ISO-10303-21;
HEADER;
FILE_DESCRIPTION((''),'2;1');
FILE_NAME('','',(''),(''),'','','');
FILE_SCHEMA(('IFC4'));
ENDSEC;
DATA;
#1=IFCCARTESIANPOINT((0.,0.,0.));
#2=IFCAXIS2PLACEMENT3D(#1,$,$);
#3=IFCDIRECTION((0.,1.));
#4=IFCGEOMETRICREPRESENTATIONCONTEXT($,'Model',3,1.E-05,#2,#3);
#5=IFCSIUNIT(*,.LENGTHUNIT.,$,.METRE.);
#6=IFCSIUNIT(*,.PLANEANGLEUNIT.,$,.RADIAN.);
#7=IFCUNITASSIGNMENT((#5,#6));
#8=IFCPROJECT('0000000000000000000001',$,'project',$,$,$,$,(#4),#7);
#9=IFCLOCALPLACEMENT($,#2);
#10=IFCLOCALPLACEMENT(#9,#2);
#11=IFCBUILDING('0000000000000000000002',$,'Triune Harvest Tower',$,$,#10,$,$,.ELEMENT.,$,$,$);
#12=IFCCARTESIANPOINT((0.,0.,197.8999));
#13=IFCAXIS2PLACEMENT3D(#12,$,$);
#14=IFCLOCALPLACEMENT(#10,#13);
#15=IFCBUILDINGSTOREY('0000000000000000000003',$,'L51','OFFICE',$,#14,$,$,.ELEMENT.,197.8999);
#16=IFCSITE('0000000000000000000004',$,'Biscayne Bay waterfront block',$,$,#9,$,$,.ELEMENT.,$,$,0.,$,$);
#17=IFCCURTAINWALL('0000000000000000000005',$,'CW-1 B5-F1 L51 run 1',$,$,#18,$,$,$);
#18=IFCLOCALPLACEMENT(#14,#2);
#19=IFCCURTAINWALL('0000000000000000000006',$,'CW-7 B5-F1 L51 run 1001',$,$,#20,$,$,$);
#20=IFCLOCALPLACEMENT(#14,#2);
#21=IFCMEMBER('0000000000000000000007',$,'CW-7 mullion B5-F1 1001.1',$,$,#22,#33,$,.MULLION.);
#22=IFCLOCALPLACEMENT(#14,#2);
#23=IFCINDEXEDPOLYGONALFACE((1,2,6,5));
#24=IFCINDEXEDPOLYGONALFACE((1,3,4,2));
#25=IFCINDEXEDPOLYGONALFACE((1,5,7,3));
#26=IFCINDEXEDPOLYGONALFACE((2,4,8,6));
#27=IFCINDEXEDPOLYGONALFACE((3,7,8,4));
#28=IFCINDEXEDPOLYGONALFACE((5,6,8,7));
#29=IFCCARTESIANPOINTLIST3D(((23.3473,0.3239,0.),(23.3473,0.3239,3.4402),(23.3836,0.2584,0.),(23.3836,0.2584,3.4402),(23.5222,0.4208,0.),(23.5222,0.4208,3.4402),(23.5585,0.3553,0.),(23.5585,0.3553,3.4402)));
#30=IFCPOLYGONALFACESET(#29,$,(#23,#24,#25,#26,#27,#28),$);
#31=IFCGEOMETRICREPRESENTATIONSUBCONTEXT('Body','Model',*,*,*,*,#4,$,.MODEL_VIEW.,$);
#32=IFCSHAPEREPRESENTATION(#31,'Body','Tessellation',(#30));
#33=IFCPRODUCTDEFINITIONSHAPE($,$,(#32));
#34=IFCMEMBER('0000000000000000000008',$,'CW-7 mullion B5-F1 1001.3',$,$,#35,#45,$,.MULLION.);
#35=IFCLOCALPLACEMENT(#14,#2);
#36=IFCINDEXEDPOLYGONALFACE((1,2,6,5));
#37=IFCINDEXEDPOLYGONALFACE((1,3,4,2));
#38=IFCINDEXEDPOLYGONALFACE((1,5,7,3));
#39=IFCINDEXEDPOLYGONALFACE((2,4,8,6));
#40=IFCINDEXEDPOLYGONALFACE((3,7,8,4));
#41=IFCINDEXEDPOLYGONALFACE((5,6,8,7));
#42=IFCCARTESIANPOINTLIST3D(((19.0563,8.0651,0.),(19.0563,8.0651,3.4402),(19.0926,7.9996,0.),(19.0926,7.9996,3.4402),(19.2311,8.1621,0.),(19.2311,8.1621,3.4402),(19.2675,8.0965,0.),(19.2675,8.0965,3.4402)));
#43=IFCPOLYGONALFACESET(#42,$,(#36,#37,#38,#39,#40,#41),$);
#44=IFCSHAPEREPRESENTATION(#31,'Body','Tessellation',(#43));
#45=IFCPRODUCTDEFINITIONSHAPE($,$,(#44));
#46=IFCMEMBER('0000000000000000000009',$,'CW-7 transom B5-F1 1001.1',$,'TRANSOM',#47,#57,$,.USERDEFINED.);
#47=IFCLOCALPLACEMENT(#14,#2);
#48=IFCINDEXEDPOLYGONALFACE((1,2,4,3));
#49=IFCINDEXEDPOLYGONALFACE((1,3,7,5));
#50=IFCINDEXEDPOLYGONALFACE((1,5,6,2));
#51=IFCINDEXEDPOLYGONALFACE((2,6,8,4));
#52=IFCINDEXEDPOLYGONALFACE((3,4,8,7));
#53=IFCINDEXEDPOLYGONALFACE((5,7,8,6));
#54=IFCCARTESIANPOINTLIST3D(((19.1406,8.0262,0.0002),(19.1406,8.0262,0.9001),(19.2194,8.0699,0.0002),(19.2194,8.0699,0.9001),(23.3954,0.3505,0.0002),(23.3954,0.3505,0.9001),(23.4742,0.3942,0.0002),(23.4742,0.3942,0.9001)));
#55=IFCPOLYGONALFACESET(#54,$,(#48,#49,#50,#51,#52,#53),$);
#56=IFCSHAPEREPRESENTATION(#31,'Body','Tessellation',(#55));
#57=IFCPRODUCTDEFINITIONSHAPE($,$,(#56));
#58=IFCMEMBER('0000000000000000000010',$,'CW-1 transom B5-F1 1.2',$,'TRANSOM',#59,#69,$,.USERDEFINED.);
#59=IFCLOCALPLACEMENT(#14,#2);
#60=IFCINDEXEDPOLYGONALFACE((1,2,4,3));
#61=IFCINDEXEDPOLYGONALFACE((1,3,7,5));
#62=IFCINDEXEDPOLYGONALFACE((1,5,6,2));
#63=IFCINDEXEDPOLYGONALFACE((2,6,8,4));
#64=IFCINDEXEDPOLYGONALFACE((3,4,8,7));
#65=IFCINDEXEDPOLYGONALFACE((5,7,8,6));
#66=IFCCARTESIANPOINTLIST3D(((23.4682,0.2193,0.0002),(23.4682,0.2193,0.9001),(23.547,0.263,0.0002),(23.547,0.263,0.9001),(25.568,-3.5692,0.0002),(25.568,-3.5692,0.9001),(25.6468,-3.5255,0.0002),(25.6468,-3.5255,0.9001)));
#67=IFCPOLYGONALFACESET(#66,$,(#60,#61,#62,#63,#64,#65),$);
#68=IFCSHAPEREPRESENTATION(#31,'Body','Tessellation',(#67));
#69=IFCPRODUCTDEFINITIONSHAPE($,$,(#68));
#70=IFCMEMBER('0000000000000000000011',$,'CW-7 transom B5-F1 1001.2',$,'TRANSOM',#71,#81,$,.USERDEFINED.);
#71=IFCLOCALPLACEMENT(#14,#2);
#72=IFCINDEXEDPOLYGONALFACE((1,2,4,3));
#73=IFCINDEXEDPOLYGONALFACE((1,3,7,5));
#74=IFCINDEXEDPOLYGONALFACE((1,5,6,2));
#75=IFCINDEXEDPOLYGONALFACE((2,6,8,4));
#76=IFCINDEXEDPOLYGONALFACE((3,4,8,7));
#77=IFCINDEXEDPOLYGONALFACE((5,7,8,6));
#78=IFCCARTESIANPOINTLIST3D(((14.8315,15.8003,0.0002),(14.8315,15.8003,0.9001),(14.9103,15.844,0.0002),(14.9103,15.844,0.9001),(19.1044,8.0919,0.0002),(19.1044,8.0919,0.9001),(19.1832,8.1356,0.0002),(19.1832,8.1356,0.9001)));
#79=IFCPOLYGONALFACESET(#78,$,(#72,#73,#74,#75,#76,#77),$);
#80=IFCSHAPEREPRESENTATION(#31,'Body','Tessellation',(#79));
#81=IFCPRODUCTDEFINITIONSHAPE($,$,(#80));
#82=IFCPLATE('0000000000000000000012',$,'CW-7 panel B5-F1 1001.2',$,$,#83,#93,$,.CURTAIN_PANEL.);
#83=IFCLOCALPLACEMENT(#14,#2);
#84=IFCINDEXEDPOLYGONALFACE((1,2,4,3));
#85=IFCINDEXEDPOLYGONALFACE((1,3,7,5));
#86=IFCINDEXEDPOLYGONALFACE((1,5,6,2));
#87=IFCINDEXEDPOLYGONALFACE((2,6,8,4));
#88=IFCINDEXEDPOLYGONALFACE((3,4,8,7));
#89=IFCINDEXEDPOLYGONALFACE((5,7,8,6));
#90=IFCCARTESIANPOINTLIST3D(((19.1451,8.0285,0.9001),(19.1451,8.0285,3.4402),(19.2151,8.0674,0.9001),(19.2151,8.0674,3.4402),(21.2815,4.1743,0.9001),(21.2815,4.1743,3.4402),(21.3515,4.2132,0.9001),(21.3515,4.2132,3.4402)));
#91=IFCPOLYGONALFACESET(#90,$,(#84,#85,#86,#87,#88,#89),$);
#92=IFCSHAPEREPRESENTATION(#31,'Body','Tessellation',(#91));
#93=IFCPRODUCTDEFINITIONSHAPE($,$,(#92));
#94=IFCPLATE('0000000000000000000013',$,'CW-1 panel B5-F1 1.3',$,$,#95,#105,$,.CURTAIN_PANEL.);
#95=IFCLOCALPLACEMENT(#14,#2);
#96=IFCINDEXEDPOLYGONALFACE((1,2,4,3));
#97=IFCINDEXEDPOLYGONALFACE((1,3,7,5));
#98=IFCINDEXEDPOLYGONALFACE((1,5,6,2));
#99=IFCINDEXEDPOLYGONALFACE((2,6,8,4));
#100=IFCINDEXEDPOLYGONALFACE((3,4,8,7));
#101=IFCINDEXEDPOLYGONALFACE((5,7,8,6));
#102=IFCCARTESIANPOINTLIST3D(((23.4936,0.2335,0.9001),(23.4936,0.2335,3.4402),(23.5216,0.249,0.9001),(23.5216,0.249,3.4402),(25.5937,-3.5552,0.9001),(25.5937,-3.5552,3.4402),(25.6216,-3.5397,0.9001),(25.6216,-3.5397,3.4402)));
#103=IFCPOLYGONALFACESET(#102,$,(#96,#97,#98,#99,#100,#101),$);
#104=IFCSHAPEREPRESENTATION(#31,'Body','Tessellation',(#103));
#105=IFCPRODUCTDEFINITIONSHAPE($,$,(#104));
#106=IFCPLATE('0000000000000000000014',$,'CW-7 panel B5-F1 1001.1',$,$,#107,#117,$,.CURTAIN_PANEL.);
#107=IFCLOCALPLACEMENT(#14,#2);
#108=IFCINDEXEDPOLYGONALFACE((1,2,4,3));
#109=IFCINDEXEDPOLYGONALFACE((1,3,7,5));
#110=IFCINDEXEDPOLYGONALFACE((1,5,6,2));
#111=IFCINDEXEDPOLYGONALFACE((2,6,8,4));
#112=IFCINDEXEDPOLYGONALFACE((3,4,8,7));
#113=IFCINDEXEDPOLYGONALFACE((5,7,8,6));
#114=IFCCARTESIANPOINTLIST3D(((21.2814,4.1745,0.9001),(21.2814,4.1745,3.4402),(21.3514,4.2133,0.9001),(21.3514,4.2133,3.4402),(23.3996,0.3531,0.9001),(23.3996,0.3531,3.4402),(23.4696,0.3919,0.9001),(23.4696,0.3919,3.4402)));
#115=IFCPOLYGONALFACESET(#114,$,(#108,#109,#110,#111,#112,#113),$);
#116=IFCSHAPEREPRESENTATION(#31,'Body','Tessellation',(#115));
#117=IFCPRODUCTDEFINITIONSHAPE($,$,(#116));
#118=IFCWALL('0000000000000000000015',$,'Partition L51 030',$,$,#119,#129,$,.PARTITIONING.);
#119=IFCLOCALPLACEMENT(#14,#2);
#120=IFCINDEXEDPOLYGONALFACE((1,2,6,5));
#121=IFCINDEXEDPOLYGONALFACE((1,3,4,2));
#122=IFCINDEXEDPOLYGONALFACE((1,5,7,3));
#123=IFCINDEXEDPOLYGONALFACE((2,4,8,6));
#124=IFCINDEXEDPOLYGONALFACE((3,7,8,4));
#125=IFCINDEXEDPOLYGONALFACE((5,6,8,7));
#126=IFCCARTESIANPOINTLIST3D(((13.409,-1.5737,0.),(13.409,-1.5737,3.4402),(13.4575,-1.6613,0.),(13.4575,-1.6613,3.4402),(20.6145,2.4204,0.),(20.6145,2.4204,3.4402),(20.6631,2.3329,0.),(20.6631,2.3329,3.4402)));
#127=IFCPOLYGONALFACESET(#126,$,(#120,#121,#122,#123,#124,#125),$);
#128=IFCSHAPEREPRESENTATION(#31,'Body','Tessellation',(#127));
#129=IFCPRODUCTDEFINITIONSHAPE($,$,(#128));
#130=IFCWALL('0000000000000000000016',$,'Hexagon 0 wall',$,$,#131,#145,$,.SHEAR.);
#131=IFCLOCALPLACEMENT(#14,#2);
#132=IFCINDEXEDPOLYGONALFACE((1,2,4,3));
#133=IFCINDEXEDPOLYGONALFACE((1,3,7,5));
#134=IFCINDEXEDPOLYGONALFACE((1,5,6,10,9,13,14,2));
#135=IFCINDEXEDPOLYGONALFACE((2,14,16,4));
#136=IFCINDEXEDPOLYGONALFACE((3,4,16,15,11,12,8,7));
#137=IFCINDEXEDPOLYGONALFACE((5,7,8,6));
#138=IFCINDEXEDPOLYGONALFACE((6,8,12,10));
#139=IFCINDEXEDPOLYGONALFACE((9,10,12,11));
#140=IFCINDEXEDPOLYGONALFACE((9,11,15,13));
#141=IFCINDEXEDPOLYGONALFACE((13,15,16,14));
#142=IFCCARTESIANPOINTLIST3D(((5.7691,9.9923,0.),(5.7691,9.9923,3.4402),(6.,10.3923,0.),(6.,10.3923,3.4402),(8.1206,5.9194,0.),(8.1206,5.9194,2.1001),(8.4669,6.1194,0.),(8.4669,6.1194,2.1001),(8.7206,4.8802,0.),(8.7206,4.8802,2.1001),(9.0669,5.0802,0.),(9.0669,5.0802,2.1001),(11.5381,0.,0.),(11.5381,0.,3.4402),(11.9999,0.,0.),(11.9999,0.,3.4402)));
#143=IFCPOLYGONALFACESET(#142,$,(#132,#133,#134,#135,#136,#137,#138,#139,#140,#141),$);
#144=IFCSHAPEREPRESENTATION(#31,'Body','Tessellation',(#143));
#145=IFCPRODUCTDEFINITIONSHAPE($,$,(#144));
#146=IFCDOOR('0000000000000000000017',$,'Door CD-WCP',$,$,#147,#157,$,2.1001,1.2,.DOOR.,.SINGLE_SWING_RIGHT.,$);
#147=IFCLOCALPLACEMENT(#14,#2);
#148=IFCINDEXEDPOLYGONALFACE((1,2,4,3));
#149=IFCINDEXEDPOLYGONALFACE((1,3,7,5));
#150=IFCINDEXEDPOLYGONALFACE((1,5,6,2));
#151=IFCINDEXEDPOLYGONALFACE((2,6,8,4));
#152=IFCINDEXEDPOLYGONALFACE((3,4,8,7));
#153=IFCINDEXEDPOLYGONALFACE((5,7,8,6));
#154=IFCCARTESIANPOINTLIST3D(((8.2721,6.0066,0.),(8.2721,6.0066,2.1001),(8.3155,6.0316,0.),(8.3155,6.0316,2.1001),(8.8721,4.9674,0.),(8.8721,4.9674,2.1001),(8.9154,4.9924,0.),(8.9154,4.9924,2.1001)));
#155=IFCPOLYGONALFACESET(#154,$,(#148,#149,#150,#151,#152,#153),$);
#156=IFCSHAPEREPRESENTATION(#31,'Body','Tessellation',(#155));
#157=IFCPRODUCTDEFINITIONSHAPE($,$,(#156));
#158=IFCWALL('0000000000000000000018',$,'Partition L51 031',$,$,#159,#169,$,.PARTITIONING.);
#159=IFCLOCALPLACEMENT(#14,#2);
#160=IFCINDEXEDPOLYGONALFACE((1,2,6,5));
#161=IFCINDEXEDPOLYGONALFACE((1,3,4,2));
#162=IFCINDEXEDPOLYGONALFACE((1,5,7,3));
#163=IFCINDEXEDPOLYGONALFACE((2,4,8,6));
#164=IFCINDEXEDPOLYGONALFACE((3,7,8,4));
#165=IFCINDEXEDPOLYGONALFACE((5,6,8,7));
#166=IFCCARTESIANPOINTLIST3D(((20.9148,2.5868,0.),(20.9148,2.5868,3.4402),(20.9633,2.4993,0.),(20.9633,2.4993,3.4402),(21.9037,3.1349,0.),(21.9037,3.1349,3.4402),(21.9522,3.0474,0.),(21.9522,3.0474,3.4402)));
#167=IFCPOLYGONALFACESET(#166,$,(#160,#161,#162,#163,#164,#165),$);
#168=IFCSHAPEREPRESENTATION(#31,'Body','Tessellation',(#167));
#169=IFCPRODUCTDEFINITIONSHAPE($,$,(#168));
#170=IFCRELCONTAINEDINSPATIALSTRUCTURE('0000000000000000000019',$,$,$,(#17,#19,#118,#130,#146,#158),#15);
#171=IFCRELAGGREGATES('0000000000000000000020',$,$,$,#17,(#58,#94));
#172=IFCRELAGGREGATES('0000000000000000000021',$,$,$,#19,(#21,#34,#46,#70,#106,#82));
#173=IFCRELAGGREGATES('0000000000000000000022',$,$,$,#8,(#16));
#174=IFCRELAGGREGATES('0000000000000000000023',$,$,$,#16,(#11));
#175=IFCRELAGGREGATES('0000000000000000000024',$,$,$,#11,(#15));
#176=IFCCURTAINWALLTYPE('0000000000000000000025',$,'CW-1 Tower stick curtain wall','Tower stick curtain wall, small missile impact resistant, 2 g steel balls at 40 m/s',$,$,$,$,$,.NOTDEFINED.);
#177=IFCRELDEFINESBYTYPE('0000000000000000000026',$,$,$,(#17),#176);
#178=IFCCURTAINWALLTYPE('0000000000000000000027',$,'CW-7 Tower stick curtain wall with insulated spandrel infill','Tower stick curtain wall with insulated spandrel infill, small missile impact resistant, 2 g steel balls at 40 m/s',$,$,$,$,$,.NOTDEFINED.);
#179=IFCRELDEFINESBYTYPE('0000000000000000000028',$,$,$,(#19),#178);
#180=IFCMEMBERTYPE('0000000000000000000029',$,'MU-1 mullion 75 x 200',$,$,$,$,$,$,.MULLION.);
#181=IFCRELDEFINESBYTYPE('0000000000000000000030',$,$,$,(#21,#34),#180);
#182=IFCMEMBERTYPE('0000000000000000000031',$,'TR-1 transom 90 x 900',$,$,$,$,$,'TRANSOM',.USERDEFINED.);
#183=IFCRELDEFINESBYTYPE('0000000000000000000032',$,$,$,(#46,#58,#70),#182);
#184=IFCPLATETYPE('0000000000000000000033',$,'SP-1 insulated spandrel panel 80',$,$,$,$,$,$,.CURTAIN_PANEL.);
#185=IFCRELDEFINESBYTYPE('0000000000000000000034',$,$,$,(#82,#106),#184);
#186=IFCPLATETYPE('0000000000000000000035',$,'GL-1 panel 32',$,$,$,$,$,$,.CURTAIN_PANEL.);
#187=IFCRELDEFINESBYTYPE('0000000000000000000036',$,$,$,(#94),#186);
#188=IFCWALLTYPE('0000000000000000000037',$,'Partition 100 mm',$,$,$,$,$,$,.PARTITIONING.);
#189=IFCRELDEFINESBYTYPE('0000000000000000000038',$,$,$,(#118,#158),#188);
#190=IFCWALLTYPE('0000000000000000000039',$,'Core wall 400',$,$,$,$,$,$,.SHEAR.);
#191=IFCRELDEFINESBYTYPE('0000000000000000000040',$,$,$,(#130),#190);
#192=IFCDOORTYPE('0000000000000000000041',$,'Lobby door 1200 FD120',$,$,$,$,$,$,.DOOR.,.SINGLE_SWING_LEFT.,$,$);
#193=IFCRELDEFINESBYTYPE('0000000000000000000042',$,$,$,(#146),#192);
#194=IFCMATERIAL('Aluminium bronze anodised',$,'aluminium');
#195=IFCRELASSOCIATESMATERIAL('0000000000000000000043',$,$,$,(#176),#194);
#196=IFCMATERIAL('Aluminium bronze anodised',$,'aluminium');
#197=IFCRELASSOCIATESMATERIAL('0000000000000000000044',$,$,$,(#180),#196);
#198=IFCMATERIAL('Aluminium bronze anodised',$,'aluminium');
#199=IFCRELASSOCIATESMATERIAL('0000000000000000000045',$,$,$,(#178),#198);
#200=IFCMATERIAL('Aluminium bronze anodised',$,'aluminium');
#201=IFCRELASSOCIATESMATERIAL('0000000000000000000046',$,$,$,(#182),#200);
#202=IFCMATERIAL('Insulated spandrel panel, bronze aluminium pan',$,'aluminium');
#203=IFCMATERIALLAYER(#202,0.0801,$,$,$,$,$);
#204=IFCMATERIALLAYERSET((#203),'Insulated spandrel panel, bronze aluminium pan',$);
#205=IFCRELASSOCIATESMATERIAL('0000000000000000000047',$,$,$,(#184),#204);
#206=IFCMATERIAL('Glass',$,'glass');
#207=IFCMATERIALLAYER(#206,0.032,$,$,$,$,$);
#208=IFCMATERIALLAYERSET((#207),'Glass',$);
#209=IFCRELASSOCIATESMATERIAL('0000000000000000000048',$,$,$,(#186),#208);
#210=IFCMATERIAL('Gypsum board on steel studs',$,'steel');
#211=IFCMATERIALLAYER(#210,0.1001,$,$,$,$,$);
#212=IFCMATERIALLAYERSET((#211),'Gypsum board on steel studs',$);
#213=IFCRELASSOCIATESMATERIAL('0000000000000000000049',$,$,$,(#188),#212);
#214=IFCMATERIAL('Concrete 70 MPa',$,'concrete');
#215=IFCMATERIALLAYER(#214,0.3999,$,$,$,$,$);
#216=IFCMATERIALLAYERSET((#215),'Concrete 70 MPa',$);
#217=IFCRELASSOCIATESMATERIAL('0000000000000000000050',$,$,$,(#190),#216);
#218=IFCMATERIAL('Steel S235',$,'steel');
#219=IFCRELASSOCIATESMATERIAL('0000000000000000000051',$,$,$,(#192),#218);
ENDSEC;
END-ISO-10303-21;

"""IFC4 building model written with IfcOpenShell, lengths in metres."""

from ifc_helpers import new_model, si_unit, direction, frame, frame_2d, origin, origin_2d, place, context, subcontext, project, spatial, polyline, rectangle, outline, extrude, source, transform, mapped, material, layer, layer_set, material_profile, profile_set, type_object, element, fill, aggregate, save


model = new_model("IFC4")

# Units and contexts
model_context = context("Model", 3, precision=1e-05, world=origin(), true_north=direction((0.0, 1.0)))
body_context = subcontext(model_context, "Body", "Model", "MODEL_VIEW")
ifc_project = project(units=[si_unit("LENGTHUNIT", "METRE"), si_unit("PLANEANGLEUNIT", "RADIAN")], contexts=[model_context])

# Site, building, storey
site_placement = place(None, origin())
site = spatial("IfcSite", under=ifc_project, at=site_placement, Name="Biscayne Bay waterfront block", CompositionType="ELEMENT", RefElevation=0.0)
building_placement = place(site_placement, origin())
building = spatial("IfcBuilding", under=site, at=building_placement, Name="Triune Harvest Tower", CompositionType="ELEMENT")
storey_placement = place(building_placement, frame((0.0, 0.0, 197.8999)))
storey = spatial("IfcBuildingStorey", under=building, at=storey_placement, Name="L51", Description="OFFICE", CompositionType="ELEMENT", Elevation=197.8999)

# Curtain wall
ifc_material_1 = material(Name="Aluminium bronze anodised", Category="aluminium")
curtain_wall_type_1 = type_object("IfcCurtainWallType", Name="CW-1 Tower stick curtain wall", Description="Tower stick curtain wall, small missile impact resistant, 2 g steel balls at 40 m/s", PredefinedType="NOTDEFINED", material=ifc_material_1)
curtain_wall_1_placement = place(storey_placement, origin())
curtain_wall_1 = element("IfcCurtainWall", 1, at=curtain_wall_1_placement, inside=storey, type_object=curtain_wall_type_1, Name="CW-1 B5-F1 L51 run 1")
ifc_material_2 = material(Name="Aluminium bronze anodised", Category="aluminium")
ifc_material_profile_1 = material_profile(ifc_material_2, rectangle(XDim=0.2, YDim=0.075, at=origin_2d()), Name="MU-1 mullion 75 x 200")
ifc_profile_set_1 = profile_set([ifc_material_profile_1], Name="Aluminium bronze anodised")
member_type_1 = type_object("IfcMemberType", Name="MU-1 mullion 75 x 200", PredefinedType="MULLION", material=ifc_profile_set_1)
shared_shape_1 = source(origin(), body_context, "Body", "SweptSolid", [
    extrude(rectangle(XDim=0.2, YDim=0.075, at=origin_2d()), origin(), (0.0, 0.0, 1.0), 3.4402),
])

# Curtain wall, members
ifc_material_3 = material(Name="Aluminium bronze anodised", Category="aluminium")
curtain_wall_type_2 = type_object("IfcCurtainWallType", Name="CW-7 Tower stick curtain wall with insulated spandrel infill", Description="Tower stick curtain wall with insulated spandrel infill, small missile impact resistant, 2 g steel balls at 40 m/s", PredefinedType="NOTDEFINED", material=ifc_material_3)
curtain_wall_2_placement = place(storey_placement, origin())
curtain_wall_2 = element("IfcCurtainWall", 2, at=curtain_wall_2_placement, inside=storey, type_object=curtain_wall_type_2, Name="CW-7 B5-F1 L51 run 1001")
member_1_placement = place(storey_placement, frame((23.4529, 0.3396, 0.0), z_axis=(0.0, 0.0, 1.0), x_axis=(-0.87462, -0.484809, 0.0)))
member_1 = element("IfcMember", 3, at=member_1_placement, type_object=member_type_1, Name="CW-7 mullion B5-F1 1001.1", PredefinedType="MULLION", context=body_context, shape_type="MappedRepresentation", body=[
    mapped(shared_shape_1, transform((0.0, 0.0, 0.0), scale=1.0)),
])
member_2_placement = place(storey_placement, frame((19.1619, 8.0808, 0.0), z_axis=(0.0, 0.0, 1.0), x_axis=(-0.87462, -0.484809, 0.0)))
member_2 = element("IfcMember", 4, at=member_2_placement, type_object=member_type_1, Name="CW-7 mullion B5-F1 1001.3", PredefinedType="MULLION", context=body_context, shape_type="MappedRepresentation", body=[
    mapped(shared_shape_1, transform((0.0, 0.0, 0.0), scale=1.0)),
])
ifc_material_4 = material(Name="Aluminium bronze anodised", Category="aluminium")
ifc_material_profile_2 = material_profile(ifc_material_4, rectangle(XDim=0.0901, YDim=0.8999, at=origin_2d()), Name="TR-1 transom 90 x 900")
ifc_profile_set_2 = profile_set([ifc_material_profile_2], Name="Aluminium bronze anodised")
member_type_2 = type_object("IfcMemberType", Name="TR-1 transom 90 x 900", ElementType="TRANSOM", PredefinedType="USERDEFINED", material=ifc_profile_set_2)
shared_shape_2 = source(origin(), body_context, "Body", "SweptSolid", [
    extrude(rectangle(XDim=0.0901, YDim=0.8999, at=origin_2d()), origin(), (0.0, 0.0, 1.0), 8.7761),
])
member_3_placement = place(storey_placement, frame((23.4348, 0.3723, 0.4502), z_axis=(-0.484821, 0.874614, 0.0), x_axis=(-0.874614, -0.484821, 0.0)))
member_3 = element("IfcMember", 5, at=member_3_placement, type_object=member_type_2, Name="CW-7 transom B5-F1 1001.1", ObjectType="TRANSOM", PredefinedType="USERDEFINED", context=body_context, shape_type="MappedRepresentation", body=[
    mapped(shared_shape_2, transform((0.0, 0.0, 0.0), scale=1.0)),
])

# Members
shared_shape_3 = source(origin(), body_context, "Body", "SweptSolid", [
    extrude(rectangle(XDim=0.0901, YDim=0.8999, at=origin_2d()), origin(), (0.0, 0.0, 1.0), 4.3315),
])
member_4_placement = place(storey_placement, frame((25.6074, -3.5474, 0.4502), z_axis=(-0.484777, 0.874638, 0.0), x_axis=(-0.874638, -0.484777, 0.0)))
member_4 = element("IfcMember", 6, at=member_4_placement, type_object=member_type_2, Name="CW-1 transom B5-F1 1.2", ObjectType="TRANSOM", PredefinedType="USERDEFINED", context=body_context, shape_type="MappedRepresentation", body=[
    mapped(shared_shape_3, transform((0.0, 0.0, 0.0), scale=1.0)),
])
shared_shape_4 = source(origin(), body_context, "Body", "SweptSolid", [
    extrude(rectangle(XDim=0.0901, YDim=0.8999, at=origin_2d()), origin(), (0.0, 0.0, 1.0), 8.8135),
])
member_5_placement = place(storey_placement, frame((19.1438, 8.1138, 0.4502), z_axis=(-0.484815, 0.874617, 0.0), x_axis=(-0.874617, -0.484815, 0.0)))
member_5 = element("IfcMember", 7, at=member_5_placement, type_object=member_type_2, Name="CW-7 transom B5-F1 1001.2", ObjectType="TRANSOM", PredefinedType="USERDEFINED", context=body_context, shape_type="MappedRepresentation", body=[
    mapped(shared_shape_4, transform((0.0, 0.0, 0.0), scale=1.0)),
])

# Plates
ifc_material_5 = material(Name="Insulated spandrel panel, bronze aluminium pan", Category="aluminium")
ifc_layer_1 = layer(ifc_material_5, 0.0801)
ifc_layer_set_1 = layer_set([ifc_layer_1], Name="Insulated spandrel panel, bronze aluminium pan")
plate_type_1 = type_object("IfcPlateType", Name="SP-1 insulated spandrel panel 80", PredefinedType="CURTAIN_PANEL", material=ifc_layer_set_1)
shared_shape_5 = source(origin(), body_context, "Body", "SweptSolid", [
    extrude(rectangle(XDim=4.4067, YDim=0.0801, at=origin_2d()), origin(), (0.0, 0.0, 1.0), 2.54),
])
plate_1_placement = place(storey_placement, frame((20.2483, 6.1208, 0.9001), z_axis=(0.0, 0.0, 1.0), x_axis=(-0.484809, 0.87462, 0.0)))
plate_1 = element("IfcPlate", 8, at=plate_1_placement, type_object=plate_type_1, Name="CW-7 panel B5-F1 1001.2", PredefinedType="CURTAIN_PANEL", context=body_context, shape_type="MappedRepresentation", body=[
    mapped(shared_shape_5, transform((0.0, 0.0, 0.0), scale=1.0)),
])
ifc_material_6 = material(Name="Glass", Category="glass")
ifc_layer_2 = layer(ifc_material_6, 0.032)
ifc_layer_set_2 = layer_set([ifc_layer_2], Name="Glass")
plate_type_2 = type_object("IfcPlateType", Name="GL-1 panel 32", PredefinedType="CURTAIN_PANEL", material=ifc_layer_set_2)
shared_shape_6 = source(origin(), body_context, "Body", "SweptSolid", [
    extrude(rectangle(XDim=4.3318, YDim=0.032, at=origin_2d()), origin(), (0.0, 0.0, 1.0), 2.54),
])
plate_2_placement = place(storey_placement, frame((24.5576, -1.6531, 0.9001), z_axis=(0.0, 0.0, 1.0), x_axis=(-0.484808, 0.874621, 0.0)))
plate_2 = element("IfcPlate", 9, at=plate_2_placement, type_object=plate_type_2, Name="CW-1 panel B5-F1 1.3", PredefinedType="CURTAIN_PANEL", context=body_context, shape_type="MappedRepresentation", body=[
    mapped(shared_shape_6, transform((0.0, 0.0, 0.0), scale=1.0)),
])
aggregate(curtain_wall_1, [member_4, plate_2])
shared_shape_7 = source(origin(), body_context, "Body", "SweptSolid", [
    extrude(rectangle(XDim=4.3691, YDim=0.0801, at=origin_2d()), origin(), (0.0, 0.0, 1.0), 2.54),
])
plate_3_placement = place(storey_placement, frame((22.3755, 2.2832, 0.9001), z_axis=(0.0, 0.0, 1.0), x_axis=(-0.484809, 0.87462, 0.0)))
plate_3 = element("IfcPlate", 10, at=plate_3_placement, type_object=plate_type_1, Name="CW-7 panel B5-F1 1001.1", PredefinedType="CURTAIN_PANEL", context=body_context, shape_type="MappedRepresentation", body=[
    mapped(shared_shape_7, transform((0.0, 0.0, 0.0), scale=1.0)),
])
aggregate(curtain_wall_2, [member_1, member_2, member_3, member_5, plate_3, plate_1])

# Wall
ifc_material_7 = material(Name="Gypsum board on steel studs", Category="steel")
ifc_layer_3 = layer(ifc_material_7, 0.1001)
ifc_layer_set_3 = layer_set([ifc_layer_3], Name="Gypsum board on steel studs")
wall_type_1 = type_object("IfcWallType", Name="Partition 100 mm", PredefinedType="PARTITIONING", material=ifc_layer_set_3)
wall_1_placement = place(storey_placement, frame((13.4333, -1.6174, 0.0), z_axis=(0.0, 0.0, 1.0), x_axis=(0.874618, 0.484812, 0.0)))
element("IfcWall", 11, at=wall_1_placement, inside=storey, type_object=wall_type_1, Name="Partition L51 030", PredefinedType="PARTITIONING", context=body_context, shape_type="SweptSolid", body=[
    extrude(rectangle(XDim=8.2385, YDim=0.1001, at=frame_2d((4.1191, 0.0))), origin(), (0.0, 0.0, 1.0), 3.4402),
])

# Wall, opening, door
ifc_material_8 = material(Name="Concrete 70 MPa", Category="concrete")
ifc_layer_4 = layer(ifc_material_8, 0.3999)
ifc_layer_set_4 = layer_set([ifc_layer_4], Name="Concrete 70 MPa")
wall_type_2 = type_object("IfcWallType", Name="Core wall 400", PredefinedType="SHEAR", material=ifc_layer_set_4)
shared_shape_8 = source(origin(), body_context, "Body", "SweptSolid", [
    extrude(outline(polyline([(-0.1155, -0.2), (11.8845, -0.2), (11.6536, 0.2), (0.1155, 0.2), (-0.1155, -0.2)])), origin(), (0.0, 0.0, 1.0), 3.4402),
])
wall_2_placement = place(storey_placement, frame((11.769, 0.0, 0.0), z_axis=(0.0, 0.0, 1.0), x_axis=(-0.499997, 0.866027, 0.0)))
wall_2 = element("IfcWall", 12, at=wall_2_placement, inside=storey, type_object=wall_type_2, Name="Hexagon 0 wall", PredefinedType="SHEAR", context=body_context, shape_type="MappedRepresentation", body=[
    mapped(shared_shape_8, transform((0.0, 0.0, 0.0), scale=1.0)),
])
opening_placement = place(wall_2_placement, frame((5.7505, 0.0, 0.0)))
opening = element("IfcOpeningElement", 13, at=opening_placement, cuts=wall_2, PredefinedType="OPENING", context=body_context, shape_type="SweptSolid", body=[
    extrude(rectangle(XDim=1.2, YDim=2.1001, at=frame_2d((0.6001, 1.05))), frame((0.0, 0.21, 0.0), z_axis=(0.0, -1.0, 0.0), x_axis=(1.0, 0.0, 0.0)), (0.0, 0.0, 1.0), 0.4199),
])
ifc_material_9 = material(Name="Steel S235", Category="steel")
door_type = type_object("IfcDoorType", Name="Lobby door 1200 FD120", OperationType="SINGLE_SWING_LEFT", PredefinedType="DOOR", material=ifc_material_9)
door_placement = place(opening_placement, frame((1.2, 0.0, 0.0), z_axis=(0.0, 0.0, 1.0), x_axis=(-1.0, 0.0, 0.0)))
door = element("IfcDoor", 14, at=door_placement, inside=storey, type_object=door_type, Name="Door CD-WCP", OperationType="SINGLE_SWING_RIGHT", OverallHeight=2.1001, OverallWidth=1.2, PredefinedType="DOOR", context=body_context, shape_type="SweptSolid", body=[
    extrude(rectangle(XDim=1.2, YDim=2.1001, at=frame_2d((0.6001, 1.05))), frame((0.0, 0.0249, 0.0), z_axis=(0.0, -1.0, 0.0), x_axis=(1.0, 0.0, 0.0)), (0.0, 0.0, 1.0), 0.05),
])
fill(opening, door)

# Wall
shared_shape_9 = source(origin(), body_context, "Body", "SweptSolid", [
    extrude(rectangle(XDim=1.1306, YDim=0.1001, at=frame_2d((0.5654, 0.0))), origin(), (0.0, 0.0, 1.0), 3.4402),
])
wall_3_placement = place(storey_placement, frame((20.939, 2.543, 0.0), z_axis=(0.0, 0.0, 1.0), x_axis=(0.874615, 0.484818, 0.0)))
element("IfcWall", 15, at=wall_3_placement, inside=storey, type_object=wall_type_1, Name="Partition L51 031", PredefinedType="PARTITIONING", context=body_context, shape_type="MappedRepresentation", body=[
    mapped(shared_shape_9, transform((0.0, 0.0, 0.0), scale=1.0)),
])

save(model, "model.ifc")
